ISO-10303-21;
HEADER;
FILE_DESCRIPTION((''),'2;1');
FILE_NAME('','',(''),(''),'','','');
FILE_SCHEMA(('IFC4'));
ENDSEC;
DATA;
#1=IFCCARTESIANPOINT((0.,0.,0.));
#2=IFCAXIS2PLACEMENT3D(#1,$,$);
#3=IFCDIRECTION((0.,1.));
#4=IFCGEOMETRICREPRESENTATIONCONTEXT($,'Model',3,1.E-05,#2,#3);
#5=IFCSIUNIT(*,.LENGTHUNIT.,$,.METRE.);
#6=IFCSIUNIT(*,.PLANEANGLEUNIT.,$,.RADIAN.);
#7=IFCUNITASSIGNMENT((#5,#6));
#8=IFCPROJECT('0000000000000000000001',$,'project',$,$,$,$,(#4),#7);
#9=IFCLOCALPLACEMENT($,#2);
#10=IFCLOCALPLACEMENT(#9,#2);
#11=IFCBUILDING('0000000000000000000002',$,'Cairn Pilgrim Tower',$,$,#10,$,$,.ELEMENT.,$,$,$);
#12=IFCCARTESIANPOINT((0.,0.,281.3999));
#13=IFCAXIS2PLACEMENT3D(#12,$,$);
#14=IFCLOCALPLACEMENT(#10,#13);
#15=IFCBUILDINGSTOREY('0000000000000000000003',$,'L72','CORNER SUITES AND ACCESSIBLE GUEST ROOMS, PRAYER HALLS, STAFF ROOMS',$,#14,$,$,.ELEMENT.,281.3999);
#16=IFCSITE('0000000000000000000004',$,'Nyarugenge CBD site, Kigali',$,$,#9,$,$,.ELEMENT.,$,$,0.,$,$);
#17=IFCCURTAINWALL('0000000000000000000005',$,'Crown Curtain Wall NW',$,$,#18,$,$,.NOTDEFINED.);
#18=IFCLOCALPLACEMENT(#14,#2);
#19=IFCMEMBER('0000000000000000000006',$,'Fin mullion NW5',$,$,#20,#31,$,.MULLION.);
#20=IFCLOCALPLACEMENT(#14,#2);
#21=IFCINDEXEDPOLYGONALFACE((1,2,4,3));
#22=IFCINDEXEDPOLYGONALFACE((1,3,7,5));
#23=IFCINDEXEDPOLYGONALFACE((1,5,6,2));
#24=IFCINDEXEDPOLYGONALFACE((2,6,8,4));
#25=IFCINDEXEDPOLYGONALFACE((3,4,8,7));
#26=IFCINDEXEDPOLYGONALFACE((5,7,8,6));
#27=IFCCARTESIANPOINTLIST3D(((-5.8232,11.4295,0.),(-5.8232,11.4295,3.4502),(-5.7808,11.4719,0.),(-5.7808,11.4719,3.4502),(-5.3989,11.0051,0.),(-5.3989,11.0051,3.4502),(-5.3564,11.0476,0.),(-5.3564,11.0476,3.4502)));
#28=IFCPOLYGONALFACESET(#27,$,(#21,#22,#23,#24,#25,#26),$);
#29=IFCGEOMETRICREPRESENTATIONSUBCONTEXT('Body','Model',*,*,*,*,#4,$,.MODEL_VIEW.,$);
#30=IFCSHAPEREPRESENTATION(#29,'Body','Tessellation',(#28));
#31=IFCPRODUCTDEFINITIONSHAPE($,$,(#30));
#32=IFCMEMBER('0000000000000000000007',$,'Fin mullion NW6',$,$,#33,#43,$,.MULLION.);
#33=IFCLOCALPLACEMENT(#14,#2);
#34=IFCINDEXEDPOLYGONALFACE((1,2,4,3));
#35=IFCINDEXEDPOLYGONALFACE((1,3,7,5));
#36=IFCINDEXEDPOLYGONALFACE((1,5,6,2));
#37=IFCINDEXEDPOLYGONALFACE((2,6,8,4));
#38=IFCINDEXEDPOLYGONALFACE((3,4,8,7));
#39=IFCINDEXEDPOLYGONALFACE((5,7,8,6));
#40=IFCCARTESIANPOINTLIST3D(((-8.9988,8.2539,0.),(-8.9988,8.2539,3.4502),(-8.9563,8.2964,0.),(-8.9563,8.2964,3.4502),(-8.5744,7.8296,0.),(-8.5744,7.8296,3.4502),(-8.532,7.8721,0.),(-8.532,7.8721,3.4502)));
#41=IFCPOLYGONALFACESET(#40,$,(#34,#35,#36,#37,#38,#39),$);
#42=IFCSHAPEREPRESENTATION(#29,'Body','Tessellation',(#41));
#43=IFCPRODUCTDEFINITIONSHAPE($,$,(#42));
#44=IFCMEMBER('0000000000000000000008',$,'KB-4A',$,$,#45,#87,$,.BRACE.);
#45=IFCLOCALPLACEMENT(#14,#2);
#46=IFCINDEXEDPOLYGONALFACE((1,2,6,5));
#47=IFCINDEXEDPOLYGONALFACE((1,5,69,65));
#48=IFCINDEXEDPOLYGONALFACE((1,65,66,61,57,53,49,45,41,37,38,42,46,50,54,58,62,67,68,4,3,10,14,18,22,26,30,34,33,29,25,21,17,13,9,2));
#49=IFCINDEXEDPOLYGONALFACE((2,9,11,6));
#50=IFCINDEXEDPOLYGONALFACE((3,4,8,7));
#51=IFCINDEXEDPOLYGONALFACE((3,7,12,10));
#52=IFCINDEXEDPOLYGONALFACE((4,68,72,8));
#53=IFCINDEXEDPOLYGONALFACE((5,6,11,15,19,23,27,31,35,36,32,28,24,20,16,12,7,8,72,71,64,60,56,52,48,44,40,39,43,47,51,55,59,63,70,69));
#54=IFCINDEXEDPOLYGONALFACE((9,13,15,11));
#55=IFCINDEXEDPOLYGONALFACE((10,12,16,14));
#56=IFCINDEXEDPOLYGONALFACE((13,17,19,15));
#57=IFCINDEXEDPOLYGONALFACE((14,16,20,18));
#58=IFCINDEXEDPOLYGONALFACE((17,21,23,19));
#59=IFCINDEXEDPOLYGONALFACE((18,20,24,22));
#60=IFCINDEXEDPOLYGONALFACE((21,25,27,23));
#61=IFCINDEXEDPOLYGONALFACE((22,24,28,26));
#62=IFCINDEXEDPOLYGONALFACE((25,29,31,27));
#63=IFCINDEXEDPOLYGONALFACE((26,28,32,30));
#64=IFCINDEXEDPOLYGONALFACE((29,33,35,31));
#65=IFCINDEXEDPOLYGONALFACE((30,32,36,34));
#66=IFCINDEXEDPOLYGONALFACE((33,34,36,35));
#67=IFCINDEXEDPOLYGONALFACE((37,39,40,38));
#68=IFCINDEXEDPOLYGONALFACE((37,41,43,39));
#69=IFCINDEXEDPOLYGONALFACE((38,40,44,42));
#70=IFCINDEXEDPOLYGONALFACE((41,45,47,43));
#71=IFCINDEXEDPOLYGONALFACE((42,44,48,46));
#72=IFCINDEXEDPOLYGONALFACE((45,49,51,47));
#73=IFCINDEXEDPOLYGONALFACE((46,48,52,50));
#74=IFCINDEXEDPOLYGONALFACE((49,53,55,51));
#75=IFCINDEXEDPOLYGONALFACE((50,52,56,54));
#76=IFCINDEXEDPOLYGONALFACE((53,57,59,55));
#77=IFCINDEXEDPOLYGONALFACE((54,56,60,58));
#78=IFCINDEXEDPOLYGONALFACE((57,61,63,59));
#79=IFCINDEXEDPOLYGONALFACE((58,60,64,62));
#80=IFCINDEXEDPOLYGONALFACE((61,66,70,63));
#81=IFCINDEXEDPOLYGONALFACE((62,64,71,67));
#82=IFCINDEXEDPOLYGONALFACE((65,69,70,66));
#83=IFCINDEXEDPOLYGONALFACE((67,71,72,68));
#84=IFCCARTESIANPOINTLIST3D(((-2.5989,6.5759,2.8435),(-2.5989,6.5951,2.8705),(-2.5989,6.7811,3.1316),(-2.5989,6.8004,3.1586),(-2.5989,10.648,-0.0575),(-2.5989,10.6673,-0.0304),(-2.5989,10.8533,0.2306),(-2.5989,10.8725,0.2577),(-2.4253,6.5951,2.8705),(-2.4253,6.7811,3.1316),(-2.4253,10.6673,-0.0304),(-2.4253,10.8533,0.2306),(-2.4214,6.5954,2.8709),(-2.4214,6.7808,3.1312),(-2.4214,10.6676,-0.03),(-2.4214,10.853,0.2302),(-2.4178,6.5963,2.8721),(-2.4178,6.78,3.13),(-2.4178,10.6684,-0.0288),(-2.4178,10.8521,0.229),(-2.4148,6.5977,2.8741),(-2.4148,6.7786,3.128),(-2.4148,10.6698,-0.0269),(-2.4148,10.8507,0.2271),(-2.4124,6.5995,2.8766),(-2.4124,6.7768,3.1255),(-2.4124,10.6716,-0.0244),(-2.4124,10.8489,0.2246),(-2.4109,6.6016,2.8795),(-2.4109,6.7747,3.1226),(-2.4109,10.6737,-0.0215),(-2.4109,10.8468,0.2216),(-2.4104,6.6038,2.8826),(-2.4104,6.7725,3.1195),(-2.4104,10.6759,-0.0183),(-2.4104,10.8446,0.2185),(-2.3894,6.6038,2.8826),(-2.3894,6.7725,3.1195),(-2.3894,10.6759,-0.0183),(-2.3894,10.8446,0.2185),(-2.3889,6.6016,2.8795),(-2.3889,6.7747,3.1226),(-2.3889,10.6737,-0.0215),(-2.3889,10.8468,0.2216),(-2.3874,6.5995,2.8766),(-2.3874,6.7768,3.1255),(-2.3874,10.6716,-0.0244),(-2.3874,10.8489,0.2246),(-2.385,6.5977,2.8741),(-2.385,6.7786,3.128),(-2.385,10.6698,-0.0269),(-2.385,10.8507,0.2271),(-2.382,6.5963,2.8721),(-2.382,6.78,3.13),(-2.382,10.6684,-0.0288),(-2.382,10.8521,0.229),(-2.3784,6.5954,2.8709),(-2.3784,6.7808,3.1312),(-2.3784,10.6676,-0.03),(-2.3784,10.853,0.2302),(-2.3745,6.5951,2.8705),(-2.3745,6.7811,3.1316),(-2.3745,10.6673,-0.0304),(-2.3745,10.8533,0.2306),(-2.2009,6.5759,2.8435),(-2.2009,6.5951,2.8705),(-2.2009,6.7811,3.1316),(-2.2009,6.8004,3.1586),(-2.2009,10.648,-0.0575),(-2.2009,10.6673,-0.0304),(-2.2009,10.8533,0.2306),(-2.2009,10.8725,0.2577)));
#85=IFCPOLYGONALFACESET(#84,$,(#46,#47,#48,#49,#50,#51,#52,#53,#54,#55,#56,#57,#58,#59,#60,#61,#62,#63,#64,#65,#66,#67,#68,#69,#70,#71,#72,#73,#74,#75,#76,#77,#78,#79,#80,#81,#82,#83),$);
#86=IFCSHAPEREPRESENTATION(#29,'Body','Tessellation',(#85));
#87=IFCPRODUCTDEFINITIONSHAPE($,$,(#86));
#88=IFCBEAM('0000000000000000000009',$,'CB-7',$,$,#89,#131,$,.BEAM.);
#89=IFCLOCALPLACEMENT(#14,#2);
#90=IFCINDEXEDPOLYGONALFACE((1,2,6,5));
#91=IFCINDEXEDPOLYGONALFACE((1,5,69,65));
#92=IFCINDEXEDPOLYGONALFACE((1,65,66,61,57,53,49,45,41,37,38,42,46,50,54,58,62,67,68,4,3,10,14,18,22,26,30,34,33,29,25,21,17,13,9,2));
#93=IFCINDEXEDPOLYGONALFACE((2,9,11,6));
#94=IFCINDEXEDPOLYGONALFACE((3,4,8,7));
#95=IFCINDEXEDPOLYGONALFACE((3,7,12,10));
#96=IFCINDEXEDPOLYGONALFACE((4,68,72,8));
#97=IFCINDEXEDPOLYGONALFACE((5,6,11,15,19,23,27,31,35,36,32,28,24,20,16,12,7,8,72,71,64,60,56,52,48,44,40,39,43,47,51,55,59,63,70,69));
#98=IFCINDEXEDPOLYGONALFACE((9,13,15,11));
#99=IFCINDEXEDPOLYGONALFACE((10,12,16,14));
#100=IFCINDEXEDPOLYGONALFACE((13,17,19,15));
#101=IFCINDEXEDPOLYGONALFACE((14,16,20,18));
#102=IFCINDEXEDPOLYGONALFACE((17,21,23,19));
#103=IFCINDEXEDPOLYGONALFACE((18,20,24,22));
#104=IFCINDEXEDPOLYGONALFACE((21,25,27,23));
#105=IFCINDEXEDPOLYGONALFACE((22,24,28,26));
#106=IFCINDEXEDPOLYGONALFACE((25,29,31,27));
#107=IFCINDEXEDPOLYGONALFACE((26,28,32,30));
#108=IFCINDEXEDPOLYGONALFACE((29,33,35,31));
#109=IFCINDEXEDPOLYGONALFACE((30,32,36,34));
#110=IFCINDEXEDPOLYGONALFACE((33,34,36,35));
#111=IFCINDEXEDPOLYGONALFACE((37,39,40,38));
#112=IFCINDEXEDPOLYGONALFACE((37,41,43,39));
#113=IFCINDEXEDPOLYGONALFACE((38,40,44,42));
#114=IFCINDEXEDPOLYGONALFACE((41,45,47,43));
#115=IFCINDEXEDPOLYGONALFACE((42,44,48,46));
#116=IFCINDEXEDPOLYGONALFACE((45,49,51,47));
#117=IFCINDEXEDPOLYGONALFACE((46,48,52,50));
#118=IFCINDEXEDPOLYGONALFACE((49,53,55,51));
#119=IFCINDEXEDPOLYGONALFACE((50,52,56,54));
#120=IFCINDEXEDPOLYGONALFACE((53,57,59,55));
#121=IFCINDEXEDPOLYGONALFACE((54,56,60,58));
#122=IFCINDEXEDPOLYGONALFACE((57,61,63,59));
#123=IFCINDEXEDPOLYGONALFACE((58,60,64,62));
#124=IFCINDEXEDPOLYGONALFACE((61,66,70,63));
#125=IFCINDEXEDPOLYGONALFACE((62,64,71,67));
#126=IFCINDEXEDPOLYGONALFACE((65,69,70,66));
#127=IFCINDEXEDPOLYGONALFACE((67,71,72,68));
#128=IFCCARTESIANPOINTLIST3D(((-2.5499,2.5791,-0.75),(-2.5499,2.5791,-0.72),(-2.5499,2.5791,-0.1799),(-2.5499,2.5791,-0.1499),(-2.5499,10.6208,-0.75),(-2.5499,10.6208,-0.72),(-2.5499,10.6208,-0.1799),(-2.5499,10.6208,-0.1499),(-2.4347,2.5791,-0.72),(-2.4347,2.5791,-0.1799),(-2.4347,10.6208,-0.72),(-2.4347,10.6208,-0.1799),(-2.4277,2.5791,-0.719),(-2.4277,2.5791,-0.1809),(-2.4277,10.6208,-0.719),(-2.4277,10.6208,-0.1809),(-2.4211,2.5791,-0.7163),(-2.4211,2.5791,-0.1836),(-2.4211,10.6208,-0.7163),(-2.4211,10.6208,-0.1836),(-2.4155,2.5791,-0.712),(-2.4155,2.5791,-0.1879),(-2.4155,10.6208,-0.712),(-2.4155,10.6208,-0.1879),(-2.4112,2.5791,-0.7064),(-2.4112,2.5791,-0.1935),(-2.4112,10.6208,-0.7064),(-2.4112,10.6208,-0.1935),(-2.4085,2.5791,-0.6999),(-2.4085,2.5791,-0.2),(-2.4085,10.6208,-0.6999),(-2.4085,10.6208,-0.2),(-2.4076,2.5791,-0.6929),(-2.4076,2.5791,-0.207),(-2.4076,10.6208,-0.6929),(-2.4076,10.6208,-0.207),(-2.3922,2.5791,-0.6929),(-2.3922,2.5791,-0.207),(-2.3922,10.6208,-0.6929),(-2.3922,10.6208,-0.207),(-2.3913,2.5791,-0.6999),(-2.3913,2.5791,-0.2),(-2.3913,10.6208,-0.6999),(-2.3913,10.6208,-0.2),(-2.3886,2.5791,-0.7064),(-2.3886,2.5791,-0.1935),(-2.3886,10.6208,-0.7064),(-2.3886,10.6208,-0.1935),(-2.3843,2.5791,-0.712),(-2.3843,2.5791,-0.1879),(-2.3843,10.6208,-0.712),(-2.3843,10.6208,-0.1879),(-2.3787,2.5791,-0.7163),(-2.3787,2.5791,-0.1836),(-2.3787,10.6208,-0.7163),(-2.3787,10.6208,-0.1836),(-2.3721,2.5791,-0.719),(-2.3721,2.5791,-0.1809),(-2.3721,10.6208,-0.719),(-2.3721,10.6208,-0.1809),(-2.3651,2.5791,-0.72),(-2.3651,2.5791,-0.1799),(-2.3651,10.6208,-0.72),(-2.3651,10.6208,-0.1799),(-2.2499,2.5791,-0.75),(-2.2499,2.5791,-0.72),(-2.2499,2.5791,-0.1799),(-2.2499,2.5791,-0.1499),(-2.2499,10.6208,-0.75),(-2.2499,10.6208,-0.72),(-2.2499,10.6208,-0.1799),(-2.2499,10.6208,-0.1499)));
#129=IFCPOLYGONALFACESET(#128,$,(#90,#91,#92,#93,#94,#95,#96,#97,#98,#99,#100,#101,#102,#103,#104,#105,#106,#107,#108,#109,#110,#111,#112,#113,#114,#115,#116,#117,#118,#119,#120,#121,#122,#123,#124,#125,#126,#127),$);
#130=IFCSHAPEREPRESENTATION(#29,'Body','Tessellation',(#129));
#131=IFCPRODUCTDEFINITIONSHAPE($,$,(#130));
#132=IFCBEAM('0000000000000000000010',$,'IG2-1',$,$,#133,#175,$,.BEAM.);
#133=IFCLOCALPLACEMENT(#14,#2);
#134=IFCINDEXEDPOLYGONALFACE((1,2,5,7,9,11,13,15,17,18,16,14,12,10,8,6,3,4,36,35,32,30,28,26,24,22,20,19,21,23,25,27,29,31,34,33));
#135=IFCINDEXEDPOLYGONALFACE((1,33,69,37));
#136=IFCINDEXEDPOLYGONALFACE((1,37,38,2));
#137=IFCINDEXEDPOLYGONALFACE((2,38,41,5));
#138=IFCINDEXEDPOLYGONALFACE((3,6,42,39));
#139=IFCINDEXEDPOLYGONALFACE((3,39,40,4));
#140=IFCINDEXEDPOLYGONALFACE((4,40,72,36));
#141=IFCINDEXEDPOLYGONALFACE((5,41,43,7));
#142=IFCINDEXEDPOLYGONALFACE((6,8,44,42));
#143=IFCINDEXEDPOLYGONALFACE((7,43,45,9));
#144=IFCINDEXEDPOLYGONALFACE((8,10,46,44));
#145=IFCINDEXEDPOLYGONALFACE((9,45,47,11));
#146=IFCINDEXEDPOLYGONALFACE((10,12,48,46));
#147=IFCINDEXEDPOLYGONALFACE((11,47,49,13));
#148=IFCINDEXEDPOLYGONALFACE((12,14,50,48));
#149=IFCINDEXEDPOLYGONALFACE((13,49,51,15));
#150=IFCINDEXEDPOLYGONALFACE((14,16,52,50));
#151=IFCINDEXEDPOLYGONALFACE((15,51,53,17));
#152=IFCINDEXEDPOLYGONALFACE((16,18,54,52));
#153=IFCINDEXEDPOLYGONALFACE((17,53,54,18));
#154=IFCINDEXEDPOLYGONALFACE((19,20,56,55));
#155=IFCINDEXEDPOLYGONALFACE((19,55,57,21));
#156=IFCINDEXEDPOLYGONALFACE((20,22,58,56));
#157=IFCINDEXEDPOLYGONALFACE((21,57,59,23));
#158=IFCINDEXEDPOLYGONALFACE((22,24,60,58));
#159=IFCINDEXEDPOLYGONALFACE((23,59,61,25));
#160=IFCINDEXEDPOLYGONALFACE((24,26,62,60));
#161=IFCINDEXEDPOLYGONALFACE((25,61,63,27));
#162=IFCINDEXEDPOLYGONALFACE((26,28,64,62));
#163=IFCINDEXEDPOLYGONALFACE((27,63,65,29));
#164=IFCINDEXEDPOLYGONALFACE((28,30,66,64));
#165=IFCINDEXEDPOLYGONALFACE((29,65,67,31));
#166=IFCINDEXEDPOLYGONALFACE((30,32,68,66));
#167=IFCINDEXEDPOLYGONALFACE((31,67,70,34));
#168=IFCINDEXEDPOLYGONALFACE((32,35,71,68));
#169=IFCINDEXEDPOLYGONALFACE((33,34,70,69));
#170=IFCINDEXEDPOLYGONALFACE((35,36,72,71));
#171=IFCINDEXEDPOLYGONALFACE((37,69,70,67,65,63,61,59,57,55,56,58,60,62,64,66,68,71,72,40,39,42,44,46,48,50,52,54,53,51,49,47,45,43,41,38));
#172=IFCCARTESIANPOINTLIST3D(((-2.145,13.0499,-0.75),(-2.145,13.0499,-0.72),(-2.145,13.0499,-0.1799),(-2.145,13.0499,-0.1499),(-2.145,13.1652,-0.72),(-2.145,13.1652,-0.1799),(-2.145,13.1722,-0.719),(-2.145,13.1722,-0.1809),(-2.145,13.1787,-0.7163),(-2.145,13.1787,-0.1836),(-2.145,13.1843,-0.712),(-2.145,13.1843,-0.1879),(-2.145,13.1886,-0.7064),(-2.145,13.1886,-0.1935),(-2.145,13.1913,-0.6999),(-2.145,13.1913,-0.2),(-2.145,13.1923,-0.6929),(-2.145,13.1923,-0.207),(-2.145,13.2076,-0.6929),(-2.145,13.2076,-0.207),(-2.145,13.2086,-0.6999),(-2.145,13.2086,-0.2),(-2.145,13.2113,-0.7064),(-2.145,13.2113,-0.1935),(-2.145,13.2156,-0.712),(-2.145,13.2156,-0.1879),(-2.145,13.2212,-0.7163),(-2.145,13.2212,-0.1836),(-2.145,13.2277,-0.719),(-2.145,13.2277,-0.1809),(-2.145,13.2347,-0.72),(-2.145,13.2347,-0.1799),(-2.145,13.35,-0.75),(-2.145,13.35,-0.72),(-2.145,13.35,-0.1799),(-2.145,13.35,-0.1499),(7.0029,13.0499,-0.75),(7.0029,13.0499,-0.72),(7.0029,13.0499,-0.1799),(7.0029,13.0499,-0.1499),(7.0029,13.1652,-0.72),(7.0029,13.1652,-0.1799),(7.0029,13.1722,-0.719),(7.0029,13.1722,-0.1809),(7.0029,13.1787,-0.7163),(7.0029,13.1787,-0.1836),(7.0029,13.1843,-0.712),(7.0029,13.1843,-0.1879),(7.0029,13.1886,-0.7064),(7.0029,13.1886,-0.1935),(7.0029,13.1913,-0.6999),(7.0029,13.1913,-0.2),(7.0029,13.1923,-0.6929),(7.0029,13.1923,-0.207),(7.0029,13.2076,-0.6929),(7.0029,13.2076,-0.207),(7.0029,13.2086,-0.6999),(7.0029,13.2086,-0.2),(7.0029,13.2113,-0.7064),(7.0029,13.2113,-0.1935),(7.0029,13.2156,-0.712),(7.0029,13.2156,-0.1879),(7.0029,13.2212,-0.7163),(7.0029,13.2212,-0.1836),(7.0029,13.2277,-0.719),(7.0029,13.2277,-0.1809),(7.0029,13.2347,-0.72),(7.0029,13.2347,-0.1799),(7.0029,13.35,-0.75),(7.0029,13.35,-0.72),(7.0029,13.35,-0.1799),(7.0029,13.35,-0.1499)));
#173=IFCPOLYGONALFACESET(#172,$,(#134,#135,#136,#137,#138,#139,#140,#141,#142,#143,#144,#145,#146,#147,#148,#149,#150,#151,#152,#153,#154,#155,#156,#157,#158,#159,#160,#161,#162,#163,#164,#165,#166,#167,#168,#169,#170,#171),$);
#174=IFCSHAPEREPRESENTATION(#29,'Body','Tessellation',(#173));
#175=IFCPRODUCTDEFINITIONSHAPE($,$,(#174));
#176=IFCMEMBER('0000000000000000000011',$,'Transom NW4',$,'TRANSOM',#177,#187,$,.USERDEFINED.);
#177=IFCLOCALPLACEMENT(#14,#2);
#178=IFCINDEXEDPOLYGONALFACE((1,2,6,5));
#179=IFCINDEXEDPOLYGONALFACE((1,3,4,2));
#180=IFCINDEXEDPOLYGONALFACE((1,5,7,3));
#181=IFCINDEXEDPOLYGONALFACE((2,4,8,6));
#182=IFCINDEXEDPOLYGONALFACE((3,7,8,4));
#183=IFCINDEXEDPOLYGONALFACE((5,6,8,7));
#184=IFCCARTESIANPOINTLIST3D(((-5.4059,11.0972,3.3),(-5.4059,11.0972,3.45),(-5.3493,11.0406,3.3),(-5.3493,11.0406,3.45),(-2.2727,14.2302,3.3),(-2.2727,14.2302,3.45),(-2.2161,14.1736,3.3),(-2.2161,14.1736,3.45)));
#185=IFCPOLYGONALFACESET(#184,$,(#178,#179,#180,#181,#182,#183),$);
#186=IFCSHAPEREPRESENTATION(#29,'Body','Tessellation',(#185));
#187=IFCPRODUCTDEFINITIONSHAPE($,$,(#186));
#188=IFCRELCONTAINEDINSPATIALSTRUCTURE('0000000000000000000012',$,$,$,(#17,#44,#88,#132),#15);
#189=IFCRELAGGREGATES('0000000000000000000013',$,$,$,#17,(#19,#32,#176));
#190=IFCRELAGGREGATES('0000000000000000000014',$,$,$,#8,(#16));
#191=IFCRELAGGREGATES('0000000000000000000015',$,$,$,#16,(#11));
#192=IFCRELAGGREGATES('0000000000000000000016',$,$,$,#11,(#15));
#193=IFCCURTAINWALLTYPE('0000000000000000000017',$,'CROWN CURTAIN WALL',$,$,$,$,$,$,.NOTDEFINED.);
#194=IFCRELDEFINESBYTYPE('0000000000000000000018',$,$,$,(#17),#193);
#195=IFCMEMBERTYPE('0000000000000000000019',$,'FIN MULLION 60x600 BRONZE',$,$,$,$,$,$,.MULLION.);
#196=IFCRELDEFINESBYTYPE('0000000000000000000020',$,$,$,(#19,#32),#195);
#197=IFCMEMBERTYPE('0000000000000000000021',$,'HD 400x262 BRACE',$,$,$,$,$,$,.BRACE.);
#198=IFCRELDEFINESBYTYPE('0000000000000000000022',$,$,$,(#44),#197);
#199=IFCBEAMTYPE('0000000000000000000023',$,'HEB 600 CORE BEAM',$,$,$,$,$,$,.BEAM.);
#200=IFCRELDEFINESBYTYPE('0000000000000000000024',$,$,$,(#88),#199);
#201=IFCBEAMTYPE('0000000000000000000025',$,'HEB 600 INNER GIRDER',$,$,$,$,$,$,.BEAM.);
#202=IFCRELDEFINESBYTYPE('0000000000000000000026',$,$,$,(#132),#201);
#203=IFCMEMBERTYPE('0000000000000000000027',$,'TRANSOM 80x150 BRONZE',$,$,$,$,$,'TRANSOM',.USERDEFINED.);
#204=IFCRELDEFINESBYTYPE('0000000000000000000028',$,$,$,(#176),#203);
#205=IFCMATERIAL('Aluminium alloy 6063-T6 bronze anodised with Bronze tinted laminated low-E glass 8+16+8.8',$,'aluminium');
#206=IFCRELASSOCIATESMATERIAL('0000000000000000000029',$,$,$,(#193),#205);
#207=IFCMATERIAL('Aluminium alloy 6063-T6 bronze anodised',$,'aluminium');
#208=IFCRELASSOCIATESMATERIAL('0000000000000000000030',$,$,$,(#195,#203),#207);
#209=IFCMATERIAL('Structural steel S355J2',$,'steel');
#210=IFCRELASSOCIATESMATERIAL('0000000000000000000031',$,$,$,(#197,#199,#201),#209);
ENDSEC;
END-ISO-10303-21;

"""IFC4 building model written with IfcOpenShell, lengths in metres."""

from ifc_helpers import new_model, si_unit, direction, frame, origin, origin_2d, place, context, subcontext, project, spatial, rectangle, i_section, extrude, material, material_profile, profile_set, type_object, element, aggregate, save


model = new_model("IFC4")

# Units and contexts
model_context = context("Model", 3, precision=1e-05, world=origin(), true_north=direction((0.0, 1.0)))
body_context = subcontext(model_context, "Body", "Model", "MODEL_VIEW")
ifc_project = project(units=[si_unit("LENGTHUNIT", "METRE"), si_unit("PLANEANGLEUNIT", "RADIAN")], contexts=[model_context])

# Site, building, storey
site_placement = place(None, origin())
site = spatial("IfcSite", under=ifc_project, at=site_placement, Name="Nyarugenge CBD site, Kigali", CompositionType="ELEMENT", RefElevation=0.0)
building_placement = place(site_placement, origin())
building = spatial("IfcBuilding", under=site, at=building_placement, Name="Cairn Pilgrim Tower", CompositionType="ELEMENT")
storey_placement = place(building_placement, frame((0.0, 0.0, 281.3999)))
storey = spatial("IfcBuildingStorey", under=building, at=storey_placement, Name="L72", Description="CORNER SUITES AND ACCESSIBLE GUEST ROOMS, PRAYER HALLS, STAFF ROOMS", CompositionType="ELEMENT", Elevation=281.3999)

# Shared definitions
ifc_material_1 = material(Name="Structural steel S355J2", Category="steel")

# Curtain wall, members
ifc_material_2 = material(Name="Aluminium alloy 6063-T6 bronze anodised with Bronze tinted laminated low-E glass 8+16+8.8", Category="aluminium")
curtain_wall_type = type_object("IfcCurtainWallType", Name="CROWN CURTAIN WALL", PredefinedType="NOTDEFINED", material=ifc_material_2)
curtain_wall_placement = place(storey_placement, origin())
curtain_wall = element("IfcCurtainWall", 1, at=curtain_wall_placement, inside=storey, type_object=curtain_wall_type, Name="Crown Curtain Wall NW", PredefinedType="NOTDEFINED")
ifc_material_3 = material(Name="Aluminium alloy 6063-T6 bronze anodised", Category="aluminium")
ifc_material_profile_1 = material_profile(ifc_material_3, rectangle(XDim=0.6001, YDim=0.0601, at=origin_2d()), Name="FIN MULLION 60x600 BRONZE")
ifc_profile_set_1 = profile_set([ifc_material_profile_1], Name="Aluminium alloy 6063-T6 bronze anodised")
member_type_1 = type_object("IfcMemberType", Name="FIN MULLION 60x600 BRONZE", PredefinedType="MULLION", material=ifc_profile_set_1)
member_1_placement = place(storey_placement, frame((-5.5898, 11.2385, 0.0), z_axis=(0.0, 0.0, 1.0), x_axis=(-0.707107, 0.707107, 0.0)))
member_1 = element("IfcMember", 2, at=member_1_placement, type_object=member_type_1, Name="Fin mullion NW5", PredefinedType="MULLION", context=body_context, shape_type="SweptSolid", body=[
    extrude(rectangle(XDim=0.6001, YDim=0.0601, at=origin_2d()), origin(), (0.0, 0.0, 1.0), 3.4502),
])
member_2_placement = place(storey_placement, frame((-8.7654, 8.063, 0.0), z_axis=(0.0, 0.0, 1.0), x_axis=(-0.707107, 0.707107, 0.0)))
member_2 = element("IfcMember", 3, at=member_2_placement, type_object=member_type_1, Name="Fin mullion NW6", PredefinedType="MULLION", context=body_context, shape_type="SweptSolid", body=[
    extrude(rectangle(XDim=0.6001, YDim=0.0601, at=origin_2d()), origin(), (0.0, 0.0, 1.0), 3.4502),
])

# Member
ifc_material_profile_2 = material_profile(ifc_material_1, i_section(OverallWidth=0.3979, OverallDepth=0.387, WebThickness=0.021, FlangeThickness=0.0332, FilletRadius=0.0149, at=origin_2d()), Name="HD 400x262")
ifc_profile_set_2 = profile_set([ifc_material_profile_2], Name="Structural steel S355J2")
member_type_2 = type_object("IfcMemberType", Name="HD 400x262 BRACE", PredefinedType="BRACE", material=ifc_profile_set_2)
member_3_placement = place(storey_placement, frame((-2.3999, 10.7603, 0.1001), z_axis=(0.0, -0.814462, 0.580217), x_axis=(1.0, 0.0, 0.0)))
element("IfcMember", 4, at=member_3_placement, inside=storey, type_object=member_type_2, Name="KB-4A", PredefinedType="BRACE", context=body_context, shape_type="SweptSolid", body=[
    extrude(i_section(OverallWidth=0.3979, OverallDepth=0.387, WebThickness=0.021, FlangeThickness=0.0332, FilletRadius=0.0149, at=origin_2d()), origin(), (0.0, 0.0, 1.0), 4.9998),
])

# Beams
ifc_material_profile_3 = material_profile(ifc_material_1, i_section(OverallWidth=0.3, OverallDepth=0.6001, WebThickness=0.0154, FlangeThickness=0.03, FilletRadius=0.0271, at=origin_2d()), Name="HEB 600")
ifc_profile_set_3 = profile_set([ifc_material_profile_3], Name="Structural steel S355J2")
beam_type_1 = type_object("IfcBeamType", Name="HEB 600 CORE BEAM", PredefinedType="BEAM", material=ifc_profile_set_3)
beam_1_placement = place(storey_placement, frame((-2.3999, 10.6208, -0.45), z_axis=(0.0, -1.0, 0.0), x_axis=(1.0, 0.0, 0.0)))
element("IfcBeam", 5, at=beam_1_placement, inside=storey, type_object=beam_type_1, Name="CB-7", PredefinedType="BEAM", context=body_context, shape_type="SweptSolid", body=[
    extrude(i_section(OverallWidth=0.3, OverallDepth=0.6001, WebThickness=0.0154, FlangeThickness=0.03, FilletRadius=0.0271, at=origin_2d()), origin(), (0.0, 0.0, 1.0), 8.0417),
])
ifc_material_profile_4 = material_profile(ifc_material_1, i_section(OverallWidth=0.3, OverallDepth=0.6001, WebThickness=0.0154, FlangeThickness=0.03, FilletRadius=0.0271, at=origin_2d()), Name="HEB 600")
ifc_profile_set_4 = profile_set([ifc_material_profile_4], Name="Structural steel S355J2")
beam_type_2 = type_object("IfcBeamType", Name="HEB 600 INNER GIRDER", PredefinedType="BEAM", material=ifc_profile_set_4)
beam_2_placement = place(storey_placement, frame((-2.145, 13.2, -0.45), z_axis=(1.0, 0.0, 0.0), x_axis=(0.0, 1.0, 0.0)))
element("IfcBeam", 6, at=beam_2_placement, inside=storey, type_object=beam_type_2, Name="IG2-1", PredefinedType="BEAM", context=body_context, shape_type="SweptSolid", body=[
    extrude(i_section(OverallWidth=0.3, OverallDepth=0.6001, WebThickness=0.0154, FlangeThickness=0.03, FilletRadius=0.0271, at=origin_2d()), origin(), (0.0, 0.0, 1.0), 9.1479),
])

# Member
ifc_material_profile_5 = material_profile(ifc_material_3, rectangle(XDim=0.0801, YDim=0.1499, at=origin_2d()), Name="TRANSOM 80x150 BRONZE")
ifc_profile_set_5 = profile_set([ifc_material_profile_5], Name="Aluminium alloy 6063-T6 bronze anodised")
member_type_3 = type_object("IfcMemberType", Name="TRANSOM 80x150 BRONZE", ElementType="TRANSOM", PredefinedType="USERDEFINED", material=ifc_profile_set_5)
member_4_placement = place(storey_placement, frame((-2.2444, 14.2019, 3.375), z_axis=(-0.707134, -0.707079, 0.0), x_axis=(0.707079, -0.707134, 0.0)))
member_4 = element("IfcMember", 7, at=member_4_placement, type_object=member_type_3, Name="Transom NW4", ObjectType="TRANSOM", PredefinedType="USERDEFINED", context=body_context, shape_type="SweptSolid", body=[
    extrude(rectangle(XDim=0.0801, YDim=0.1499, at=origin_2d()), origin(), (0.0, 0.0, 1.0), 4.4309),
])

aggregate(curtain_wall, [member_1, member_2, member_4])

save(model, "model.ifc")
